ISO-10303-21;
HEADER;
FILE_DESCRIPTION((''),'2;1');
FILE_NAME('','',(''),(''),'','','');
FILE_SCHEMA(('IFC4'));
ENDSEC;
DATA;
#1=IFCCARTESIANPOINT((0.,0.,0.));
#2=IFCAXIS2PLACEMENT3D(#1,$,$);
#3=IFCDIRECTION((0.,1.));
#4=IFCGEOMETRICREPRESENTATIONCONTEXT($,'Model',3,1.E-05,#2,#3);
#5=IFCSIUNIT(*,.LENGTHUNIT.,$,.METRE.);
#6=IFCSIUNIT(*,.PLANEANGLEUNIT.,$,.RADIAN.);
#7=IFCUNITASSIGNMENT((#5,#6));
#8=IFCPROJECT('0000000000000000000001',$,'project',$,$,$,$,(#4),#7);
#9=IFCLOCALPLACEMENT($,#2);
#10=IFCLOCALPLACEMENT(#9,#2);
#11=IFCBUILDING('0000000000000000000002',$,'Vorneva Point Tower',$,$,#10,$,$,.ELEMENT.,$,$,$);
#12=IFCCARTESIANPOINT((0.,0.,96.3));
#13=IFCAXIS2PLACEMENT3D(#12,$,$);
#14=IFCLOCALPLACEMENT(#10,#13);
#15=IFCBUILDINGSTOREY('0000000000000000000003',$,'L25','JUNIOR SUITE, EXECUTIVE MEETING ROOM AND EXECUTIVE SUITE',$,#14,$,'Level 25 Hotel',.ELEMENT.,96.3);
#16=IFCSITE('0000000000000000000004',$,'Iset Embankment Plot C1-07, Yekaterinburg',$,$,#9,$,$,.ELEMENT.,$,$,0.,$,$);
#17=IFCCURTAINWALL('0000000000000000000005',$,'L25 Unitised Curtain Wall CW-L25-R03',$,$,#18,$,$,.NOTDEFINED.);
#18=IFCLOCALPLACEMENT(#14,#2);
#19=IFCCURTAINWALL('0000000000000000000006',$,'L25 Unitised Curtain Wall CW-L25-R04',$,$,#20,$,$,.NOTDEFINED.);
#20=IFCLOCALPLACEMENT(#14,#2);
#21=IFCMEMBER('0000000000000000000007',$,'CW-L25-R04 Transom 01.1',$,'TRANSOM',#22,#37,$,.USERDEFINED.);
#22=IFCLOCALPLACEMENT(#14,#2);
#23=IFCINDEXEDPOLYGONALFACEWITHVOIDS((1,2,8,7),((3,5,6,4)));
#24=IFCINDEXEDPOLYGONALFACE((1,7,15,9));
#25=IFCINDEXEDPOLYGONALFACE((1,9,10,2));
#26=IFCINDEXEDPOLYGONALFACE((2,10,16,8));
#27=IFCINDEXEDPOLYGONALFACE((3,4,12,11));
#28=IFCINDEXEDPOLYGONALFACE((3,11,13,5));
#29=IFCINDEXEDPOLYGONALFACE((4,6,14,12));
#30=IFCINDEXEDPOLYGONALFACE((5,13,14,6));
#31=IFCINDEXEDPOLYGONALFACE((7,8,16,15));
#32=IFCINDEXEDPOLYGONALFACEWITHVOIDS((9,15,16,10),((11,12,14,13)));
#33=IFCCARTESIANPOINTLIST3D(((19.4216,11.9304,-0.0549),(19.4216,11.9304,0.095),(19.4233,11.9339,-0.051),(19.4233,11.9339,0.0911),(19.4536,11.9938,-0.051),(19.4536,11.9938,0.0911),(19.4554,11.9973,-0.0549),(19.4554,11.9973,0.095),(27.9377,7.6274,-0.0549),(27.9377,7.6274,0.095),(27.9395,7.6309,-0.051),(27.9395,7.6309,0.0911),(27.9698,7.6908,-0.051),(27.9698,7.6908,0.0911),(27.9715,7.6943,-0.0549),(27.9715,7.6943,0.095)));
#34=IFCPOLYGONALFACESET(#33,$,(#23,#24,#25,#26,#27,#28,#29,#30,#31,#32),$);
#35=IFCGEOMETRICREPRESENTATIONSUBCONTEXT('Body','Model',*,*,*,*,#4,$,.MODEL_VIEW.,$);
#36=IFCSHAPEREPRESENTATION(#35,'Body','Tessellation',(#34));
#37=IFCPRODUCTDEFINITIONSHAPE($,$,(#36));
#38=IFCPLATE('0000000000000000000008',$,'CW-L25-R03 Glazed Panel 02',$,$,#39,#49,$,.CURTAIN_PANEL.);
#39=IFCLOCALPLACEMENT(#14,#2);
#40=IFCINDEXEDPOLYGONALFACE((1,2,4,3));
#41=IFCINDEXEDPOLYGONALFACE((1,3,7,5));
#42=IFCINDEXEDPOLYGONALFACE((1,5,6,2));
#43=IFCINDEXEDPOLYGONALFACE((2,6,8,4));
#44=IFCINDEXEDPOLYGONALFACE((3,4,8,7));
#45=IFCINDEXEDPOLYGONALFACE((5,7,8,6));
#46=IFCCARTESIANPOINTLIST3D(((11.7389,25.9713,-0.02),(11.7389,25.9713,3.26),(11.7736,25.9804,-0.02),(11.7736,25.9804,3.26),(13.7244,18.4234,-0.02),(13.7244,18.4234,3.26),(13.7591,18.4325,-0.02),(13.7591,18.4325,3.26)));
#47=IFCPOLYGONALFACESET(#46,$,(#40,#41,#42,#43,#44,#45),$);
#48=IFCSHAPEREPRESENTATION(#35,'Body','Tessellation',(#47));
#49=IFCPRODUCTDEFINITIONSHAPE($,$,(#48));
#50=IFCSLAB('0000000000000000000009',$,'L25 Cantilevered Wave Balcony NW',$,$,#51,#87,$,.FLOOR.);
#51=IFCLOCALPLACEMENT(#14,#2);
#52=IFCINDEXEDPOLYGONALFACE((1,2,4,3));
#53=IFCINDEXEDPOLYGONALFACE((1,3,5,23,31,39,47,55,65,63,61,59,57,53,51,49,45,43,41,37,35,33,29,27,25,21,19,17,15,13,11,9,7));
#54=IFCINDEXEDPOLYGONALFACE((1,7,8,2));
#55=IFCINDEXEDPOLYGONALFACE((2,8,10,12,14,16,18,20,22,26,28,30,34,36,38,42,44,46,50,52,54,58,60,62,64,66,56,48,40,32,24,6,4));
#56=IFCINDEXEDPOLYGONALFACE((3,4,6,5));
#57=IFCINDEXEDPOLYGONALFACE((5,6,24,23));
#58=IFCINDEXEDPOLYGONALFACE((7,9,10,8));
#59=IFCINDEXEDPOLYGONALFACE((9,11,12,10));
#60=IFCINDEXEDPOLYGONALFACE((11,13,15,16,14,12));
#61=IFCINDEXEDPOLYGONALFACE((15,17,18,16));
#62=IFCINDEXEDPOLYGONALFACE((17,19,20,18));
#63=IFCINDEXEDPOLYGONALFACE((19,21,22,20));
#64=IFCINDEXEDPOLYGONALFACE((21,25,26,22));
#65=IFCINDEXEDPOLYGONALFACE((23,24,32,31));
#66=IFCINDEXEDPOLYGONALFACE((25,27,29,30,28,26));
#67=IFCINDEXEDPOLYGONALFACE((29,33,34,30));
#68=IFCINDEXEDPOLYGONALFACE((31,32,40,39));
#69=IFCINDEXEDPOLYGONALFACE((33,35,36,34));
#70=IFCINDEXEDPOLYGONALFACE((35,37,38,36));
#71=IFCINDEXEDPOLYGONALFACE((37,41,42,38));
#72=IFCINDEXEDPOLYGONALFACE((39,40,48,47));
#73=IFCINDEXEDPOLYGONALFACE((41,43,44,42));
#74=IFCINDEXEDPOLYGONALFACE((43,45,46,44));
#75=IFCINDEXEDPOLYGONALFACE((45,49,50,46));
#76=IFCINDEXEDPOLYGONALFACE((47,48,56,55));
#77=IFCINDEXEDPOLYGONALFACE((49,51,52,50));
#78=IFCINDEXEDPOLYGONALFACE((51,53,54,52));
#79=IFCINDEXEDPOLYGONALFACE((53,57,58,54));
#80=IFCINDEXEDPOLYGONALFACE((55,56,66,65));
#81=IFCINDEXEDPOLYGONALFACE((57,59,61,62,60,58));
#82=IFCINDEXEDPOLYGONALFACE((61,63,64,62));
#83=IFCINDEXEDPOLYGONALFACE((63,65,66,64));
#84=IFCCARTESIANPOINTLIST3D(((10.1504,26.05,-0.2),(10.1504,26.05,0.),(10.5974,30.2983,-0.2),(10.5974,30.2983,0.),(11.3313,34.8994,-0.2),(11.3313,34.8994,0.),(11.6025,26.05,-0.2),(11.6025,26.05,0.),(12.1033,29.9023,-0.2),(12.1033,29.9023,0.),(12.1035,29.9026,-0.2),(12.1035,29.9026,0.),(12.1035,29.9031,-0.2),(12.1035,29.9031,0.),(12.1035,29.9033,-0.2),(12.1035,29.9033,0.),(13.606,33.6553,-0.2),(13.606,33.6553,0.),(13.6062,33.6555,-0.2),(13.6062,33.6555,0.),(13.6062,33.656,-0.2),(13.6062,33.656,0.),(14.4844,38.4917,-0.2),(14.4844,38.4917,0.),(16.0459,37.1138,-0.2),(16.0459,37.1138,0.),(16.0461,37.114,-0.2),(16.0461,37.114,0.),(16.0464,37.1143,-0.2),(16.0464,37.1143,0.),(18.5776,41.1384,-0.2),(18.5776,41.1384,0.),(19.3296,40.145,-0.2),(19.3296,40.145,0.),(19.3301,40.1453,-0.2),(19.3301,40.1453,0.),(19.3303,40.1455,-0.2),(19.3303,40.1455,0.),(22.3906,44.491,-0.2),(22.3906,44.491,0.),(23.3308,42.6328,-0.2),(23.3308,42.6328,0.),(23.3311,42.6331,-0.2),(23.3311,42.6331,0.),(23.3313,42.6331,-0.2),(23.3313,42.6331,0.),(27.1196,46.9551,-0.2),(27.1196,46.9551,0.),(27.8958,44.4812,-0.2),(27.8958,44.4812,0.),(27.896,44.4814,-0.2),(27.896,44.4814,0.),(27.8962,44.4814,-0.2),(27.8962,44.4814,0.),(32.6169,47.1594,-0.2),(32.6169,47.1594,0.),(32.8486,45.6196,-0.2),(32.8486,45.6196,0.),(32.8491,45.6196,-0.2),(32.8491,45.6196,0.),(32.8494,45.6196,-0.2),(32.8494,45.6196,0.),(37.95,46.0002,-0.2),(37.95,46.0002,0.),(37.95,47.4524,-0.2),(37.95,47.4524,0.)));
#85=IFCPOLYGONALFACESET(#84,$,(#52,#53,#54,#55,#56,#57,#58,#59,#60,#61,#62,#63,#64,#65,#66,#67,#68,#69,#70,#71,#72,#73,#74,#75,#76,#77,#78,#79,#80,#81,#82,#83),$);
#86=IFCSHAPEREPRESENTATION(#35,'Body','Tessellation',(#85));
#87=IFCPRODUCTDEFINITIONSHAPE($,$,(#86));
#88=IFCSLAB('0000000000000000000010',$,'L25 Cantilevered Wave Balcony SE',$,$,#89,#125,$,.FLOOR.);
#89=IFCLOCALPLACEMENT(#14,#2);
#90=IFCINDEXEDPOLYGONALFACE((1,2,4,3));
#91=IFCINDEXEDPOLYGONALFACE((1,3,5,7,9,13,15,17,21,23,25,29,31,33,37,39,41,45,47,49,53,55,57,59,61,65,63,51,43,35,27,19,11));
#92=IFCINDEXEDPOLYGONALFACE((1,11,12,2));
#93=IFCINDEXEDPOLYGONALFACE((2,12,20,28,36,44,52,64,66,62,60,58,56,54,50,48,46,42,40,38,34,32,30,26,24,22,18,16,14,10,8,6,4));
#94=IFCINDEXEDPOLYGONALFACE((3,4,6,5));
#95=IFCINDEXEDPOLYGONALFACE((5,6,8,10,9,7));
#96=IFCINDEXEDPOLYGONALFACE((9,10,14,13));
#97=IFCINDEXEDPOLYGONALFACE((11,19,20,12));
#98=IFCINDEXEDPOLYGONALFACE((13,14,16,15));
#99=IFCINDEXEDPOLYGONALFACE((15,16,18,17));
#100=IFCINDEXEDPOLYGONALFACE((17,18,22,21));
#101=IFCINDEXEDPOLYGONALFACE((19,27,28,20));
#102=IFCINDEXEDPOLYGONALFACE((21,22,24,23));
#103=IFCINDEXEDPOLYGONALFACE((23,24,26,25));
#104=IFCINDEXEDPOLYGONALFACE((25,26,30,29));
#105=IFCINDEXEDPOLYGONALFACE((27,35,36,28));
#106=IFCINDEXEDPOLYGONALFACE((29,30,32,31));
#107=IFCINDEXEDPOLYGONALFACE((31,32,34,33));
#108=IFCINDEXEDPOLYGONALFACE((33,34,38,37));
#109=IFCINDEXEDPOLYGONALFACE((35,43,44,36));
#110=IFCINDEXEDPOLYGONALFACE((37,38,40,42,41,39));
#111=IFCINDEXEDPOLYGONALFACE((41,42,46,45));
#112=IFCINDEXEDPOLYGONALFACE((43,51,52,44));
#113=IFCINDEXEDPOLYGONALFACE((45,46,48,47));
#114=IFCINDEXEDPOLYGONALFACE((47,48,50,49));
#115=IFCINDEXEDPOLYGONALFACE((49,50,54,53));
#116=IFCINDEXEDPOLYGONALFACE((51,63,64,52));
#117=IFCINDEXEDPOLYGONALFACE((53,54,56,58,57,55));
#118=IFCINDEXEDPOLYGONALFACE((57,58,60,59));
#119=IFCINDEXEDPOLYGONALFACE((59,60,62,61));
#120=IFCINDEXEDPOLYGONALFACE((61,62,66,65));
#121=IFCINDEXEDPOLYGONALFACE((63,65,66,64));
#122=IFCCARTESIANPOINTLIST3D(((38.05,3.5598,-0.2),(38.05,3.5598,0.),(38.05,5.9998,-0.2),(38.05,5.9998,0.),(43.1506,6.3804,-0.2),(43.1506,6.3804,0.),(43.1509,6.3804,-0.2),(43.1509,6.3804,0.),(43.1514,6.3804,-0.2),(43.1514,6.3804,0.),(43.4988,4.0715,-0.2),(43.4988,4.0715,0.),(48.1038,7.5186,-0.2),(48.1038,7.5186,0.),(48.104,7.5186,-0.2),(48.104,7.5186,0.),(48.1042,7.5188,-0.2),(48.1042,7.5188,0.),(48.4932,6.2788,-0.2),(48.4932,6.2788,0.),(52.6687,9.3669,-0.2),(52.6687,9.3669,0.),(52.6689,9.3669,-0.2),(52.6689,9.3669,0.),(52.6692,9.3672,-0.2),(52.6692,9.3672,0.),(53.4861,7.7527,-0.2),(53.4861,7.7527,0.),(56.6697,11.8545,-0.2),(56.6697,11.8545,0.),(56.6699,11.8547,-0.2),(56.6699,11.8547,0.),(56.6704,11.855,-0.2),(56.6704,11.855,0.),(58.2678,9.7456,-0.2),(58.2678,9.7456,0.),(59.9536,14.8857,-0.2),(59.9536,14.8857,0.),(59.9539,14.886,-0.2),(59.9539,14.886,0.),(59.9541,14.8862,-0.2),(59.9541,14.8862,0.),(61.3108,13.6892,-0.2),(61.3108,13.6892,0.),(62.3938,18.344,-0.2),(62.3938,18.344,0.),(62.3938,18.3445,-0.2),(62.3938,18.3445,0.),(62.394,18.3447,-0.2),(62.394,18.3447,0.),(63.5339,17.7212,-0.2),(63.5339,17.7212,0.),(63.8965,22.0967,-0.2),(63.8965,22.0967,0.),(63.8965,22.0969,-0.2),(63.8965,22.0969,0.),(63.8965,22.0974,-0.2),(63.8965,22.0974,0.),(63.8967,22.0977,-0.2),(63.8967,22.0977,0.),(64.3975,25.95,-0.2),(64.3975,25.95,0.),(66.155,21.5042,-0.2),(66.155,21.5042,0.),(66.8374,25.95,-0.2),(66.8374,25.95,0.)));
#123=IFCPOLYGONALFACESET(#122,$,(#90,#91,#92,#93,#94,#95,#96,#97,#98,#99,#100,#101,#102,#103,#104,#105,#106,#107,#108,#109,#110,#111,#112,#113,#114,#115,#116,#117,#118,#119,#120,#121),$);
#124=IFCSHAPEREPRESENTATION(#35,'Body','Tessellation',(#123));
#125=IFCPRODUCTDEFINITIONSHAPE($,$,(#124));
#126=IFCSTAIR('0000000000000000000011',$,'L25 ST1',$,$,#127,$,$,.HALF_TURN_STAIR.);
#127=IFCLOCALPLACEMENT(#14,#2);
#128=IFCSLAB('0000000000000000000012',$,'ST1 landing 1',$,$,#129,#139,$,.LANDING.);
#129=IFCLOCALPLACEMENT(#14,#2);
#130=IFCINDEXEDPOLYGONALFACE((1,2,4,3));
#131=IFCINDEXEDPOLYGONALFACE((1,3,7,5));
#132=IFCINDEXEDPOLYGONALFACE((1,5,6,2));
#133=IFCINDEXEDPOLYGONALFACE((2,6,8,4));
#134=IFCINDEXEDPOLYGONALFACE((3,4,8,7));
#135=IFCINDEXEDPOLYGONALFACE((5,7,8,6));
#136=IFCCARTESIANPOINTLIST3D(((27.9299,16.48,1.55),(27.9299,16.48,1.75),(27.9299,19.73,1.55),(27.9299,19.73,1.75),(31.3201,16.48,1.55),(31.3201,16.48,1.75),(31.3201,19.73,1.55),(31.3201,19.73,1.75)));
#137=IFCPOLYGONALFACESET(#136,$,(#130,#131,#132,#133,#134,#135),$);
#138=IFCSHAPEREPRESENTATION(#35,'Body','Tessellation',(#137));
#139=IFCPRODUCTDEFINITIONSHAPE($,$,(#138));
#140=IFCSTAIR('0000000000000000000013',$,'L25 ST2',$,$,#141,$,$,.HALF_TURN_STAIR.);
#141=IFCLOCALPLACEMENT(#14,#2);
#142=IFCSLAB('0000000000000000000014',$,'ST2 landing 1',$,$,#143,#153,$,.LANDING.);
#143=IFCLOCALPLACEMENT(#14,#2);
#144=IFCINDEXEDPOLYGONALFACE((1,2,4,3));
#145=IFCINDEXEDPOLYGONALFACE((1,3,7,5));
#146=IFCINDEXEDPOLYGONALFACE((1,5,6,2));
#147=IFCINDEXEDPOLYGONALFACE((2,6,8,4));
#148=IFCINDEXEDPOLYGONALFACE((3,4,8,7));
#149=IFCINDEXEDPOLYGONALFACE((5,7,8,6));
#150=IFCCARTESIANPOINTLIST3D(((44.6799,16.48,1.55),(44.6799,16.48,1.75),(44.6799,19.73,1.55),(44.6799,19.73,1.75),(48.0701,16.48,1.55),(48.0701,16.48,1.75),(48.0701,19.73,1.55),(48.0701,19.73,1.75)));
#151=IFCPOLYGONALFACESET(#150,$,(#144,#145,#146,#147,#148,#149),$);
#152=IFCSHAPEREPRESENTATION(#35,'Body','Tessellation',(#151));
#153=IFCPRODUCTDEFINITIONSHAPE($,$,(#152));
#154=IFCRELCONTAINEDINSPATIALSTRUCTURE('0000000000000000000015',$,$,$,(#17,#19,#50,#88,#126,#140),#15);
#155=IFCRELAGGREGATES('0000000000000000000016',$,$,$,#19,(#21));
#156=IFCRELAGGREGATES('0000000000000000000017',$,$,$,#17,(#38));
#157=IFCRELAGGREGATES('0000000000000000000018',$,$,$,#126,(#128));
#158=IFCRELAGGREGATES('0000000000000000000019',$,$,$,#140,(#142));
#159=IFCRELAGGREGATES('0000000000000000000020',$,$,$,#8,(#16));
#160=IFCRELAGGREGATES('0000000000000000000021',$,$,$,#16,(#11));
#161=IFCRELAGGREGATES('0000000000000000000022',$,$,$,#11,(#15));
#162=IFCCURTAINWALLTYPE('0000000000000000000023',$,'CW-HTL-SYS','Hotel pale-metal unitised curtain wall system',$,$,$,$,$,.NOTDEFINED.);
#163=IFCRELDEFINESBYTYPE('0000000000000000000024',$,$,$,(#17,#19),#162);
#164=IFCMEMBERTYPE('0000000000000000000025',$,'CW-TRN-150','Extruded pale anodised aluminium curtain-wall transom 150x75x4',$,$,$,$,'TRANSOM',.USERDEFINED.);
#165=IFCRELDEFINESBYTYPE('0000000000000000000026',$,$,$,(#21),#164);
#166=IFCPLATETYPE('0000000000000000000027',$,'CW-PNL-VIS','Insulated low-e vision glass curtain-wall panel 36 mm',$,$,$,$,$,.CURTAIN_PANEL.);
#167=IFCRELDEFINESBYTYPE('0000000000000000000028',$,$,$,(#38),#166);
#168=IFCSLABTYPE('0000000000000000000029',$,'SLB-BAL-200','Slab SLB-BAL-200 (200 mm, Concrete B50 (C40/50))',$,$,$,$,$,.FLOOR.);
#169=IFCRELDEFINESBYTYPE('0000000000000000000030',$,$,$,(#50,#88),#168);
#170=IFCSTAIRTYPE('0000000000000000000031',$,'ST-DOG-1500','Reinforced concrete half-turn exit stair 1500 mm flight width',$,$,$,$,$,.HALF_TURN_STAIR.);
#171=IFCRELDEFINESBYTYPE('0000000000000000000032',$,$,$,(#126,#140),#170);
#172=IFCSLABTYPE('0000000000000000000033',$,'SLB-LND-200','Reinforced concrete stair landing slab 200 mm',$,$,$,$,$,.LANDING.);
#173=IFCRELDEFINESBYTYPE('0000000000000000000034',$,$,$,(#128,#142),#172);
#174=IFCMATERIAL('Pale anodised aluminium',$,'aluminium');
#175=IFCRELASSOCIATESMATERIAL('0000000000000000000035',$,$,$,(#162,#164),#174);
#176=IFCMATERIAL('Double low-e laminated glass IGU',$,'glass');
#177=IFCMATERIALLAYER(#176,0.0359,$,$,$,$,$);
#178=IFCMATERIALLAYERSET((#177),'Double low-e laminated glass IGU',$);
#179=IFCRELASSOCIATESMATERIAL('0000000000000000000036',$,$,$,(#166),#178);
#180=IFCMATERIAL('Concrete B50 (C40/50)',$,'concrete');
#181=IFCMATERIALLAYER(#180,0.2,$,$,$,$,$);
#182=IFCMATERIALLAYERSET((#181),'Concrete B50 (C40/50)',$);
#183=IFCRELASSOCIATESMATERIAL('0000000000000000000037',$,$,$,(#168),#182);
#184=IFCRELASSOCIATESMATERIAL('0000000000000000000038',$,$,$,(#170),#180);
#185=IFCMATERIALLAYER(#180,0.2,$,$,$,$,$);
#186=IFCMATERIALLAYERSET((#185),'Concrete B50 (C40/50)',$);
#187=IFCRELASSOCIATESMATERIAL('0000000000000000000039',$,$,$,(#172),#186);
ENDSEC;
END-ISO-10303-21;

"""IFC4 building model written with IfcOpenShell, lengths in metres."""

from ifc_helpers import new_model, si_unit, direction, frame, origin, origin_2d, place, context, subcontext, project, spatial, polyline, rectangle, hollow_rectangle, outline, extrude, material, layer, layer_set, material_profile, profile_set, type_object, element, aggregate, save


model = new_model("IFC4")

# Units and contexts
model_context = context("Model", 3, precision=1e-05, world=origin(), true_north=direction((0.0, 1.0)))
body_context = subcontext(model_context, "Body", "Model", "MODEL_VIEW")
ifc_project = project(units=[si_unit("LENGTHUNIT", "METRE"), si_unit("PLANEANGLEUNIT", "RADIAN")], contexts=[model_context])

# Site, building, storey
site_placement = place(None, origin())
site = spatial("IfcSite", under=ifc_project, at=site_placement, Name="Iset Embankment Plot C1-07, Yekaterinburg", CompositionType="ELEMENT", RefElevation=0.0)
building_placement = place(site_placement, origin())
building = spatial("IfcBuilding", under=site, at=building_placement, Name="Vorneva Point Tower", CompositionType="ELEMENT")
storey_placement = place(building_placement, frame((0.0, 0.0, 96.3)))
storey = spatial("IfcBuildingStorey", under=building, at=storey_placement, Name="L25", Description="JUNIOR SUITE, EXECUTIVE MEETING ROOM AND EXECUTIVE SUITE", LongName="Level 25 Hotel", CompositionType="ELEMENT", Elevation=96.3)

# Curtain wall
ifc_material_1 = material(Name="Pale anodised aluminium", Category="aluminium")
curtain_wall_type = type_object("IfcCurtainWallType", Name="CW-HTL-SYS", Description="Hotel pale-metal unitised curtain wall system", PredefinedType="NOTDEFINED", material=ifc_material_1)
curtain_wall_1_placement = place(storey_placement, origin())
curtain_wall_1 = element("IfcCurtainWall", 1, at=curtain_wall_1_placement, inside=storey, type_object=curtain_wall_type, Name="L25 Unitised Curtain Wall CW-L25-R03", PredefinedType="NOTDEFINED")

# Curtain wall
curtain_wall_2_placement = place(storey_placement, origin())
curtain_wall_2 = element("IfcCurtainWall", 2, at=curtain_wall_2_placement, inside=storey, type_object=curtain_wall_type, Name="L25 Unitised Curtain Wall CW-L25-R04", PredefinedType="NOTDEFINED")

# Member
ifc_material_profile_1 = material_profile(ifc_material_1, hollow_rectangle(XDim=0.075, YDim=0.1499, WallThickness=0.0039, at=origin_2d()), Name="AL-TRN 150x75x4")
ifc_profile_set_1 = profile_set([ifc_material_profile_1], Name="Pale anodised aluminium")
member_type_1 = type_object("IfcMemberType", Name="CW-TRN-150", Description="Extruded pale anodised aluminium curtain-wall transom 150x75x4", ElementType="TRANSOM", PredefinedType="USERDEFINED", material=ifc_profile_set_1)
member_1_placement = place(storey_placement, frame((19.4385, 11.9639, 0.02), z_axis=(0.892536, -0.450976, 0.0), x_axis=(0.450976, 0.892536, 0.0)))
member_1 = element("IfcMember", 3, at=member_1_placement, type_object=member_type_1, Name="CW-L25-R04 Transom 01.1", ObjectType="TRANSOM", PredefinedType="USERDEFINED", context=body_context, shape_type="SweptSolid", body=[
    extrude(hollow_rectangle(XDim=0.075, YDim=0.1499, WallThickness=0.0039, at=origin_2d()), origin(), (0.0, 0.0, 1.0), 9.5415),
])
aggregate(curtain_wall_2, [member_1])

# Plate
ifc_material_2 = material(Name="Double low-e laminated glass IGU", Category="glass")
ifc_layer_1 = layer(ifc_material_2, 0.0359)
ifc_layer_set_1 = layer_set([ifc_layer_1], Name="Double low-e laminated glass IGU")
plate_type = type_object("IfcPlateType", Name="CW-PNL-VIS", Description="Insulated low-e vision glass curtain-wall panel 36 mm", PredefinedType="CURTAIN_PANEL", material=ifc_layer_set_1)
plate_placement = place(storey_placement, frame((12.749, 22.2019, -0.02), z_axis=(0.0, 0.0, 1.0), x_axis=(0.254399, -0.967099, 0.0)))
plate = element("IfcPlate", 4, at=plate_placement, type_object=plate_type, Name="CW-L25-R03 Glazed Panel 02", PredefinedType="CURTAIN_PANEL", context=body_context, shape_type="SweptSolid", body=[
    extrude(rectangle(XDim=7.8047, YDim=0.0359, at=origin_2d()), origin(), (0.0, 0.0, 1.0), 3.28),
])
aggregate(curtain_wall_1, [plate])

# Slabs
ifc_material_3 = material(Name="Concrete B50 (C40/50)", Category="concrete")
ifc_layer_2 = layer(ifc_material_3, 0.2)
ifc_layer_set_2 = layer_set([ifc_layer_2], Name="Concrete B50 (C40/50)")
slab_type_1 = type_object("IfcSlabType", Name="SLB-BAL-200", Description="Slab SLB-BAL-200 (200 mm, Concrete B50 (C40/50))", PredefinedType="FLOOR", material=ifc_layer_set_2)
slab_1_placement = place(storey_placement, frame((0.0, 0.0, -0.2)))
element("IfcSlab", 5, at=slab_1_placement, inside=storey, type_object=slab_type_1, Name="L25 Cantilevered Wave Balcony NW", PredefinedType="FLOOR", context=body_context, shape_type="SweptSolid", body=[
    extrude(outline(polyline([(10.1504, 26.05), (11.6025, 26.05), (12.1033, 29.9023), (12.1035, 29.9026), (12.1035, 29.9031), (12.1035, 29.9033), (13.606, 33.6553), (13.6062, 33.6555), (13.6062, 33.656), (16.0459, 37.1138), (16.0461, 37.114), (16.0464, 37.1143), (19.3296, 40.145), (19.3301, 40.1453), (19.3303, 40.1455), (23.3308, 42.6328), (23.3311, 42.6331), (23.3313, 42.6331), (27.8958, 44.4812), (27.896, 44.4814), (27.8962, 44.4814), (32.8486, 45.6196), (32.8491, 45.6196), (32.8494, 45.6196), (37.95, 46.0002), (37.95, 47.4524), (32.6169, 47.1594), (27.1196, 46.9551), (22.3906, 44.491), (18.5776, 41.1384), (14.4844, 38.4917), (11.3313, 34.8994), (10.5974, 30.2983), (10.1504, 26.05)])), origin(), (0.0, 0.0, 1.0), 0.2),
])
slab_2_placement = place(storey_placement, frame((0.0, 0.0, -0.2)))
element("IfcSlab", 6, at=slab_2_placement, inside=storey, type_object=slab_type_1, Name="L25 Cantilevered Wave Balcony SE", PredefinedType="FLOOR", context=body_context, shape_type="SweptSolid", body=[
    extrude(outline(polyline([(66.155, 21.5042), (66.8374, 25.95), (64.3975, 25.95), (63.8967, 22.0977), (63.8965, 22.0974), (63.8965, 22.0969), (63.8965, 22.0967), (62.394, 18.3447), (62.3938, 18.3445), (62.3938, 18.344), (59.9541, 14.8862), (59.9539, 14.886), (59.9536, 14.8857), (56.6704, 11.855), (56.6699, 11.8547), (56.6697, 11.8545), (52.6692, 9.3672), (52.6689, 9.3669), (52.6687, 9.3669), (48.1042, 7.5188), (48.104, 7.5186), (48.1038, 7.5186), (43.1514, 6.3804), (43.1509, 6.3804), (43.1506, 6.3804), (38.05, 5.9998), (38.05, 3.5598), (43.4988, 4.0715), (48.4932, 6.2788), (53.4861, 7.7527), (58.2678, 9.7456), (61.3108, 13.6892), (63.5339, 17.7212), (66.155, 21.5042)])), origin(), (0.0, 0.0, 1.0), 0.2),
])

# Stairs, slabs
stair_type = type_object("IfcStairType", Name="ST-DOG-1500", Description="Reinforced concrete half-turn exit stair 1500 mm flight width", PredefinedType="HALF_TURN_STAIR", material=ifc_material_3)
stair_1_placement = place(storey_placement, origin())
stair_1 = element("IfcStair", 7, at=stair_1_placement, inside=storey, type_object=stair_type, Name="L25 ST1", PredefinedType="HALF_TURN_STAIR")
ifc_layer_3 = layer(ifc_material_3, 0.2)
ifc_layer_set_3 = layer_set([ifc_layer_3], Name="Concrete B50 (C40/50)")
slab_type_2 = type_object("IfcSlabType", Name="SLB-LND-200", Description="Reinforced concrete stair landing slab 200 mm", PredefinedType="LANDING", material=ifc_layer_set_3)
slab_3_placement = place(storey_placement, frame((0.0, 0.0, 1.55)))
slab_3 = element("IfcSlab", 8, at=slab_3_placement, type_object=slab_type_2, Name="ST1 landing 1", PredefinedType="LANDING", context=body_context, shape_type="SweptSolid", body=[
    extrude(outline(polyline([(27.9299, 16.48), (31.3201, 16.48), (31.3201, 19.73), (27.9299, 19.73), (27.9299, 16.48)])), origin(), (0.0, 0.0, 1.0), 0.2),
])
aggregate(stair_1, [slab_3])
stair_2_placement = place(storey_placement, origin())
stair_2 = element("IfcStair", 9, at=stair_2_placement, inside=storey, type_object=stair_type, Name="L25 ST2", PredefinedType="HALF_TURN_STAIR")
slab_4_placement = place(storey_placement, frame((0.0, 0.0, 1.55)))
slab_4 = element("IfcSlab", 10, at=slab_4_placement, type_object=slab_type_2, Name="ST2 landing 1", PredefinedType="LANDING", context=body_context, shape_type="SweptSolid", body=[
    extrude(outline(polyline([(44.6799, 16.48), (48.0701, 16.48), (48.0701, 19.73), (44.6799, 19.73), (44.6799, 16.48)])), origin(), (0.0, 0.0, 1.0), 0.2),
])
aggregate(stair_2, [slab_4])

save(model, "model.ifc")
